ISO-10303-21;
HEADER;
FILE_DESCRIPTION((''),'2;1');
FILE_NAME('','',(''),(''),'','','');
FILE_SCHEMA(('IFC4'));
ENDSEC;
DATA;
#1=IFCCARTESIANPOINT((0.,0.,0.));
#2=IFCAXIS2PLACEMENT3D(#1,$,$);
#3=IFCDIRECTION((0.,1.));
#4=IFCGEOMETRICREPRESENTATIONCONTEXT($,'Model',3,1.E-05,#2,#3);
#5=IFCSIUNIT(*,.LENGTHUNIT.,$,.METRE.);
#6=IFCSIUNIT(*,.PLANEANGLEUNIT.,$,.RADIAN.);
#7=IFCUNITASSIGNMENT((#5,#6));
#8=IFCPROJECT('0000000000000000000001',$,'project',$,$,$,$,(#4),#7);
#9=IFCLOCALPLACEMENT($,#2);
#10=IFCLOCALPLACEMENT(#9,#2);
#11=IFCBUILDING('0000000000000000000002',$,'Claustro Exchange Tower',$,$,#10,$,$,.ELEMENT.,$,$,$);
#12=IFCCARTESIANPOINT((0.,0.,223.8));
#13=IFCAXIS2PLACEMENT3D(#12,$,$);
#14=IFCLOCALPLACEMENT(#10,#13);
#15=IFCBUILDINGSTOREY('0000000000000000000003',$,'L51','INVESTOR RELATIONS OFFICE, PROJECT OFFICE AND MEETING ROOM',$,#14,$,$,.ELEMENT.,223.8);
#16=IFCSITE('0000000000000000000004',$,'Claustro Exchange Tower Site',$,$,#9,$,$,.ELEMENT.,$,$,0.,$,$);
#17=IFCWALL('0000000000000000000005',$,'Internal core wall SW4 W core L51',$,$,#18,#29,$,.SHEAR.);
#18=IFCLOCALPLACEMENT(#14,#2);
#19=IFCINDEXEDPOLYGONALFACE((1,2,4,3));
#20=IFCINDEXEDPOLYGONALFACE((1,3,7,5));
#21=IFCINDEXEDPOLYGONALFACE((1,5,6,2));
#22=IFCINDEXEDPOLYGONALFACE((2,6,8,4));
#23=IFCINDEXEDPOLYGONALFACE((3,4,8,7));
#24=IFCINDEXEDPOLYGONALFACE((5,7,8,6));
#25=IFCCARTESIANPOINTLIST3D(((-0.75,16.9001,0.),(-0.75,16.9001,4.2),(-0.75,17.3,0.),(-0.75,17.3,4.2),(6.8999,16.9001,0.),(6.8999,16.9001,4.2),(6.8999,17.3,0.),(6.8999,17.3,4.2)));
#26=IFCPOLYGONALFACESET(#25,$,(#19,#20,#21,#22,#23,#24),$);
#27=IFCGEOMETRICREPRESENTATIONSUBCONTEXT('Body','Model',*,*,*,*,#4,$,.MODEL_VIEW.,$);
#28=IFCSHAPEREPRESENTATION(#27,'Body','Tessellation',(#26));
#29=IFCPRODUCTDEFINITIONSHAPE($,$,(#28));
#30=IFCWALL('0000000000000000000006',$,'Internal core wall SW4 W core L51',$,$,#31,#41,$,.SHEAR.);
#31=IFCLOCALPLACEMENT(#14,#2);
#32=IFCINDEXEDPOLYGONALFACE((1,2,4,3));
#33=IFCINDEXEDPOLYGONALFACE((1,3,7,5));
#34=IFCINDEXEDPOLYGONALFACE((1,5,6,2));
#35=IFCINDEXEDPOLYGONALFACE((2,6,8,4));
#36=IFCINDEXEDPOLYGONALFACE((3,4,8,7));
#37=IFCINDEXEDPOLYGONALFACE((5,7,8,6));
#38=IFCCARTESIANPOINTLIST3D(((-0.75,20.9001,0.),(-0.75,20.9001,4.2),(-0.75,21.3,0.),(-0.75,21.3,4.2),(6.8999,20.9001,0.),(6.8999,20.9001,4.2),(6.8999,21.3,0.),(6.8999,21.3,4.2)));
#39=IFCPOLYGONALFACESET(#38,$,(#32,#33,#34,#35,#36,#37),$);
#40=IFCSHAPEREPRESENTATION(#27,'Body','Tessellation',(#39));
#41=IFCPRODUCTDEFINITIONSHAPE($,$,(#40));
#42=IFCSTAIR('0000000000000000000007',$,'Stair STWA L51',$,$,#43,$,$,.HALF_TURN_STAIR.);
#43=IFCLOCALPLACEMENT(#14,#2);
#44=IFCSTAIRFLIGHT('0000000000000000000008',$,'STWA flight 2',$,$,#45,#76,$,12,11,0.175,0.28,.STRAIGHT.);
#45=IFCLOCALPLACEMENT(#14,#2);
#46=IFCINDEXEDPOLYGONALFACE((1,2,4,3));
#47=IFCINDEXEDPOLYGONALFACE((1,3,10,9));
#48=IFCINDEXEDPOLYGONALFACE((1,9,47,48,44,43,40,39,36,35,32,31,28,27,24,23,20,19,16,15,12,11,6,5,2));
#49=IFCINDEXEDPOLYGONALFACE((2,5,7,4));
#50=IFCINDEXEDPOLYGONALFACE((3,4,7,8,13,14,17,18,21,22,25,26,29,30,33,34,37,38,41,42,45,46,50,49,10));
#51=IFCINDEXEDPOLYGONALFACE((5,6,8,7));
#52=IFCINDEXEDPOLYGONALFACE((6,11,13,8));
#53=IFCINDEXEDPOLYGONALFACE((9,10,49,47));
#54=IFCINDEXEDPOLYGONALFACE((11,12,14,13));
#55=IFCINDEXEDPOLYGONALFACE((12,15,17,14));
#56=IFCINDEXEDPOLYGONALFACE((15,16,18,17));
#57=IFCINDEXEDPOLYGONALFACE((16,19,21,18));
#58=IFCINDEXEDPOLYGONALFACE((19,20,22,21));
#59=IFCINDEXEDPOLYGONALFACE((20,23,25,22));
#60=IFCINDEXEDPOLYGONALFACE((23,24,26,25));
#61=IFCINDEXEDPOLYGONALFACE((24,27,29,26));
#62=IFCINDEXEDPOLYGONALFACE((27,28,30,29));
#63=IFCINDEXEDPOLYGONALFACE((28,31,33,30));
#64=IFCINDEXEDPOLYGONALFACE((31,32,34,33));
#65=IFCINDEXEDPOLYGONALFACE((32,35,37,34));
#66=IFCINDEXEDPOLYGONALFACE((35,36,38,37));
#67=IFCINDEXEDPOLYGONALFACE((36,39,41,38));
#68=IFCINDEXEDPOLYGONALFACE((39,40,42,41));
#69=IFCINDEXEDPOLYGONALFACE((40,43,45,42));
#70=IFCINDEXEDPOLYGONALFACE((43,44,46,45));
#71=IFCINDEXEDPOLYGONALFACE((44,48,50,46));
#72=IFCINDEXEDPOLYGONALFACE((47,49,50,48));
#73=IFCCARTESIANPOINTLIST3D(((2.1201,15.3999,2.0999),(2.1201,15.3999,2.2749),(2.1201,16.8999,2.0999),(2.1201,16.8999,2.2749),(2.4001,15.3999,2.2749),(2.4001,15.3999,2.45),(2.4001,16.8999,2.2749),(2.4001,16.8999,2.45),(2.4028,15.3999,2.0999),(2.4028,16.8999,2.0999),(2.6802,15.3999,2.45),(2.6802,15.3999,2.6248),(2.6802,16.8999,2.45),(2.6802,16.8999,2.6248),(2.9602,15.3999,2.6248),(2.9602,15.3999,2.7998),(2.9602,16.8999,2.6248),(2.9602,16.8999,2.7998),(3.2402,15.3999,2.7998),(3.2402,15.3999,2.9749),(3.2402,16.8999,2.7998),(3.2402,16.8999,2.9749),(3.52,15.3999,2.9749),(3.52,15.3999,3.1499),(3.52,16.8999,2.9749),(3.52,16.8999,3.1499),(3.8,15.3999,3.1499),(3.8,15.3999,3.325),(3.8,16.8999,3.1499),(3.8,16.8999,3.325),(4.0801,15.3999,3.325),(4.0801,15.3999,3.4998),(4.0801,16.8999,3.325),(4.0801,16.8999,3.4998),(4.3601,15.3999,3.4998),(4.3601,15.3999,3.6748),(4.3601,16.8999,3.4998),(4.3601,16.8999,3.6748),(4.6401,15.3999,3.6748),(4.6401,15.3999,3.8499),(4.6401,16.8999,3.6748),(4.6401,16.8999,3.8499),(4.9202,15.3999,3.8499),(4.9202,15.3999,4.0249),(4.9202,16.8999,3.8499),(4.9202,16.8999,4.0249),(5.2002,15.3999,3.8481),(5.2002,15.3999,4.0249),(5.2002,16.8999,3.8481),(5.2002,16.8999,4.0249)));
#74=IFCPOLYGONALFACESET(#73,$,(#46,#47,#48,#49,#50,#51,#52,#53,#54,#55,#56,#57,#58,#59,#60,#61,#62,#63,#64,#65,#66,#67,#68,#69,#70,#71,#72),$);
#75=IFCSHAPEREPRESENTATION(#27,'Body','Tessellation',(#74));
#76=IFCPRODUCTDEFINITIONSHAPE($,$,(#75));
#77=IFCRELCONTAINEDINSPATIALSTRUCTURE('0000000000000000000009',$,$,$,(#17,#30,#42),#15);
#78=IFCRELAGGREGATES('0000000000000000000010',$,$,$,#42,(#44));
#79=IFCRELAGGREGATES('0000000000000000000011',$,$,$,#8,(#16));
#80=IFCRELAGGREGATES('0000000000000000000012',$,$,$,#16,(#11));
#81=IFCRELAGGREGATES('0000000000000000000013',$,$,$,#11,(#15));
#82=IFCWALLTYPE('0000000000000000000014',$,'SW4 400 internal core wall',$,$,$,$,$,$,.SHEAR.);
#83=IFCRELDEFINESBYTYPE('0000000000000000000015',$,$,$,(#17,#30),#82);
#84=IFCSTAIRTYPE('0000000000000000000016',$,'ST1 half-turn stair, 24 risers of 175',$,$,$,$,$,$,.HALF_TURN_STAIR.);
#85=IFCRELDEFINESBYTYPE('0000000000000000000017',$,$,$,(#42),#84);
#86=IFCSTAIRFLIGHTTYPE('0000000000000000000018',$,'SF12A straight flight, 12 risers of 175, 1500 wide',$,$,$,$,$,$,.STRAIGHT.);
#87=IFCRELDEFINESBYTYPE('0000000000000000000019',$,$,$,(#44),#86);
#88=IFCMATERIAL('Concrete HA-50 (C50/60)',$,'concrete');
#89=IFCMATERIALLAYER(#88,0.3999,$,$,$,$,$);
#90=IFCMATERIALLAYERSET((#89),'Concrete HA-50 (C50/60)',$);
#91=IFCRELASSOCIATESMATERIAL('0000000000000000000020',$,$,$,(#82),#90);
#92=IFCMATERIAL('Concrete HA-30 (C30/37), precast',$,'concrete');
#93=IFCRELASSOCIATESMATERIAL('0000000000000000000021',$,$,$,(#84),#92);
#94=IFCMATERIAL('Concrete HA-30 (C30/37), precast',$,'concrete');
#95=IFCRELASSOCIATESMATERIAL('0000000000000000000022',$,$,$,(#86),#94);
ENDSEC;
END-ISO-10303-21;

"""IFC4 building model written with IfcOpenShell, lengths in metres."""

from ifc_helpers import new_model, si_unit, direction, frame, frame_2d, origin, place, context, subcontext, project, spatial, polyline, rectangle, outline, extrude, material, layer, layer_set, type_object, element, aggregate, save


model = new_model("IFC4")

# Units and contexts
model_context = context("Model", 3, precision=1e-05, world=origin(), true_north=direction((0.0, 1.0)))
body_context = subcontext(model_context, "Body", "Model", "MODEL_VIEW")
ifc_project = project(units=[si_unit("LENGTHUNIT", "METRE"), si_unit("PLANEANGLEUNIT", "RADIAN")], contexts=[model_context])

# Site, building, storey
site_placement = place(None, origin())
site = spatial("IfcSite", under=ifc_project, at=site_placement, Name="Claustro Exchange Tower Site", CompositionType="ELEMENT", RefElevation=0.0)
building_placement = place(site_placement, origin())
building = spatial("IfcBuilding", under=site, at=building_placement, Name="Claustro Exchange Tower", CompositionType="ELEMENT")
storey_placement = place(building_placement, frame((0.0, 0.0, 223.8)))
storey = spatial("IfcBuildingStorey", under=building, at=storey_placement, Name="L51", Description="INVESTOR RELATIONS OFFICE, PROJECT OFFICE AND MEETING ROOM", CompositionType="ELEMENT", Elevation=223.8)

# Walls
ifc_material_1 = material(Name="Concrete HA-50 (C50/60)", Category="concrete")
ifc_layer_1 = layer(ifc_material_1, 0.3999)
ifc_layer_set_1 = layer_set([ifc_layer_1], Name="Concrete HA-50 (C50/60)")
wall_type_1 = type_object("IfcWallType", Name="SW4 400 internal core wall", PredefinedType="SHEAR", material=ifc_layer_set_1)
for number, where, z_axis, x_axis, name in (
    (1, (-0.75, 17.1001, 0.0), (0.0, 0.0, 1.0), (1.0, 0.0, 0.0), "Internal core wall SW4 W core L51"),
    (2, (-0.75, 21.1001, 0.0), (0.0, 0.0, 1.0), (1.0, 0.0, 0.0), "Internal core wall SW4 W core L51"),
):
    element("IfcWall", number, at=place(storey_placement, frame(where, z_axis=z_axis, x_axis=x_axis)), inside=storey, type_object=wall_type_1, Name=name, PredefinedType="SHEAR", context=body_context, shape_type="SweptSolid", body=[
        extrude(rectangle(XDim=7.6499, YDim=0.3999, at=frame_2d((3.825, 0.0))), origin(), (0.0, 0.0, 1.0), 4.2),
    ])

# Stair, stair flight
ifc_material_2 = material(Name="Concrete HA-30 (C30/37), precast", Category="concrete")
stair_type = type_object("IfcStairType", Name="ST1 half-turn stair, 24 risers of 175", PredefinedType="HALF_TURN_STAIR", material=ifc_material_2)
stair_placement = place(storey_placement, origin())
stair = element("IfcStair", 3, at=stair_placement, inside=storey, type_object=stair_type, Name="Stair STWA L51", PredefinedType="HALF_TURN_STAIR")
ifc_material_3 = material(Name="Concrete HA-30 (C30/37), precast", Category="concrete")
stair_flight_type = type_object("IfcStairFlightType", Name="SF12A straight flight, 12 risers of 175, 1500 wide", PredefinedType="STRAIGHT", material=ifc_material_3)
stair_flight_placement = place(storey_placement, frame((2.1201, 16.1499, 2.0999), z_axis=(0.0, 0.0, 1.0), x_axis=(1.0, 0.0, 0.0)))
stair_flight = element("IfcStairFlight", 4, at=stair_flight_placement, type_object=stair_flight_type, Name="STWA flight 2", NumberOfRisers=12, NumberOfTreads=11, PredefinedType="STRAIGHT", RiserHeight=0.175, TreadLength=0.28, context=body_context, shape_type="SweptSolid", body=[
    extrude(outline(polyline([(0.0, 0.0), (0.0, 0.175), (0.28, 0.175), (0.28, 0.3501), (0.5601, 0.3501), (0.5601, 0.5249), (0.8401, 0.5249), (0.8401, 0.7), (1.1201, 0.7), (1.1201, 0.875), (1.3999, 0.875), (1.3999, 1.05), (1.6799, 1.05), (1.6799, 1.2251), (1.96, 1.2251), (1.96, 1.3999), (2.24, 1.3999), (2.24, 1.575), (2.52, 1.575), (2.52, 1.75), (2.8, 1.75), (2.8, 1.925), (3.0801, 1.925), (3.0801, 2.1001), (3.0801, 1.7483), (0.2827, 0.0), (0.0, 0.0)])), frame((0.0, 0.75, 0.0), z_axis=(0.0, -1.0, 0.0), x_axis=(1.0, 0.0, 0.0)), (0.0, 0.0, 1.0), 1.5),
])
aggregate(stair, [stair_flight])

save(model, "model.ifc")
